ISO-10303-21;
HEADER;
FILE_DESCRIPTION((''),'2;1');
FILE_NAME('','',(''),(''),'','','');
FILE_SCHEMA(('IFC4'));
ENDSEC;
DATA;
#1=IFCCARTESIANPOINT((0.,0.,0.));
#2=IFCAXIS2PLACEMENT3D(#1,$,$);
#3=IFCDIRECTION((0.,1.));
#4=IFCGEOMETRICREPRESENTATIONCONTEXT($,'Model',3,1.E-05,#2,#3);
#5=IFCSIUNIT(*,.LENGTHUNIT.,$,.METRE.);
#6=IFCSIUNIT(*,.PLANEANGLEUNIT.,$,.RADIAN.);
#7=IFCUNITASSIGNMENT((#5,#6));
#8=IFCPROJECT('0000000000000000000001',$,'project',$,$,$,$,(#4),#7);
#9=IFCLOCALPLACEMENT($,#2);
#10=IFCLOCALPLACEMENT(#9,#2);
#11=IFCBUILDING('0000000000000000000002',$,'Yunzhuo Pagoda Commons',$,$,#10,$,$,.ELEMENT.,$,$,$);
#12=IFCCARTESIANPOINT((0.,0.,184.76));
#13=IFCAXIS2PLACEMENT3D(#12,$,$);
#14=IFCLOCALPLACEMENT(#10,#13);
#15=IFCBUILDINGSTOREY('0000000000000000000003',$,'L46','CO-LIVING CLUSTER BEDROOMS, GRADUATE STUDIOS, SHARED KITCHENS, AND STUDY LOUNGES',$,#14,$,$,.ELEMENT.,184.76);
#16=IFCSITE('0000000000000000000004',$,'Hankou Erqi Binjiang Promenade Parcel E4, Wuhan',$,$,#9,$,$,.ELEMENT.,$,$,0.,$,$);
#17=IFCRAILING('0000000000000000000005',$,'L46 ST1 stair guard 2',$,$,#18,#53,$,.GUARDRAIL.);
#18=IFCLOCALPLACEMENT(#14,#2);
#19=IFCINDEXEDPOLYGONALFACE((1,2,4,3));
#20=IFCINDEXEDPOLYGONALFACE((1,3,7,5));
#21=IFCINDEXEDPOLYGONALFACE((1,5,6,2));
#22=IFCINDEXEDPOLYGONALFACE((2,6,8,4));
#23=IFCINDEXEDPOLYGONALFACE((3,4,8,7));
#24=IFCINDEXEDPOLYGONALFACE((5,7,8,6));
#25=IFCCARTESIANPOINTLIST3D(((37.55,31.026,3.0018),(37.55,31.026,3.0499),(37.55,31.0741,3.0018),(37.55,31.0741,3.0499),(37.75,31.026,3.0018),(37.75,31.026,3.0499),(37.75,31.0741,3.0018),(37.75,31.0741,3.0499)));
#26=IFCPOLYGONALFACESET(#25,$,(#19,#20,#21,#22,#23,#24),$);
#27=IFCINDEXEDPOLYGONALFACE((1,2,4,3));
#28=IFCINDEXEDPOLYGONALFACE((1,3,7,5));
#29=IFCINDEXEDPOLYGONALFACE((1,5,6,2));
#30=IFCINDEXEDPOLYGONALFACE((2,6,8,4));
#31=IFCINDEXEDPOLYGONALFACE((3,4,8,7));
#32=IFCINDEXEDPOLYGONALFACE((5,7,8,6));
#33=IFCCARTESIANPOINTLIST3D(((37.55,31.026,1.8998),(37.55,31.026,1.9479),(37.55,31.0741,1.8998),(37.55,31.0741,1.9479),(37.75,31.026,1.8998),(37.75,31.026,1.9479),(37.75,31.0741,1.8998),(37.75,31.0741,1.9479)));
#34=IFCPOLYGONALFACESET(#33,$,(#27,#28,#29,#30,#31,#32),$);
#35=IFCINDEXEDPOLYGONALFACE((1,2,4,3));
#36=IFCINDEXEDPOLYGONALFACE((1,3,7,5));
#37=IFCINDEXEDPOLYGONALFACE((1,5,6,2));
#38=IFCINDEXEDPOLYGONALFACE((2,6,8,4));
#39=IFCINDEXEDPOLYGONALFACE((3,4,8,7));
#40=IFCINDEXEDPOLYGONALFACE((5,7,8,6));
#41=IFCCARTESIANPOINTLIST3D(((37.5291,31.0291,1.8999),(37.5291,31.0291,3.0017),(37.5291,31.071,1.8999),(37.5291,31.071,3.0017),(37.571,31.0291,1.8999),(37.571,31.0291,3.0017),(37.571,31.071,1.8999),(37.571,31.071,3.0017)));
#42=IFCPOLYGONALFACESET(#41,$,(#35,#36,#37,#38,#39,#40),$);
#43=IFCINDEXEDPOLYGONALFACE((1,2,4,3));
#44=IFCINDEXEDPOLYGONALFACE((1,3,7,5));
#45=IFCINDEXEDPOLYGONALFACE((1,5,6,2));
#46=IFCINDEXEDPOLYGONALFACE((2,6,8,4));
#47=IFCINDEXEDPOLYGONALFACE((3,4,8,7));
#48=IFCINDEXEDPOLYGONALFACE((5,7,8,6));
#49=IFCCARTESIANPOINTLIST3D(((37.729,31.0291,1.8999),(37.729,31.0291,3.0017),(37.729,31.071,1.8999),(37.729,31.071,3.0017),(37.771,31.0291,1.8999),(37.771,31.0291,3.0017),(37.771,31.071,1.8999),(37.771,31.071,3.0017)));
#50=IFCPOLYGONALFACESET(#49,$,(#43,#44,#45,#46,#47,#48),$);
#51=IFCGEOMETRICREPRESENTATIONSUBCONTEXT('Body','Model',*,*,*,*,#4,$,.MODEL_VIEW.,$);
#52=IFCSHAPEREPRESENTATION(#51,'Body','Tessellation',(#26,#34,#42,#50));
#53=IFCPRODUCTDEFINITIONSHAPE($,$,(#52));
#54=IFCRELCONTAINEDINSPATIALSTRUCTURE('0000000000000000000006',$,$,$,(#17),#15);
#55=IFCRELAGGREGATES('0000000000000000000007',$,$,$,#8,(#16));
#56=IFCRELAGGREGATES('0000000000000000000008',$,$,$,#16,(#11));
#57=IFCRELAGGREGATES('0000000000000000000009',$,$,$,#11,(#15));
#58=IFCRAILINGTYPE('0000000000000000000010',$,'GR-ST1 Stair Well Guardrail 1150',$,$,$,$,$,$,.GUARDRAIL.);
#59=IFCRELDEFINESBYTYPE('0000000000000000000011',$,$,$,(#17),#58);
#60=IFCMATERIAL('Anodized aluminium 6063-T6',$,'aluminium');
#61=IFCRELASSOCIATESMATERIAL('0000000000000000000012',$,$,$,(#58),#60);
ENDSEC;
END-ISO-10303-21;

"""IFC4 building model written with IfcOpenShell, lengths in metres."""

from ifc_helpers import new_model, si_unit, direction, frame, origin, origin_2d, place, context, subcontext, project, spatial, rectangle, extrude, material, type_object, element, save


model = new_model("IFC4")

# Units and contexts
model_context = context("Model", 3, precision=1e-05, world=origin(), true_north=direction((0.0, 1.0)))
body_context = subcontext(model_context, "Body", "Model", "MODEL_VIEW")
ifc_project = project(units=[si_unit("LENGTHUNIT", "METRE"), si_unit("PLANEANGLEUNIT", "RADIAN")], contexts=[model_context])

# Site, building, storey
site_placement = place(None, origin())
site = spatial("IfcSite", under=ifc_project, at=site_placement, Name="Hankou Erqi Binjiang Promenade Parcel E4, Wuhan", CompositionType="ELEMENT", RefElevation=0.0)
building_placement = place(site_placement, origin())
building = spatial("IfcBuilding", under=site, at=building_placement, Name="Yunzhuo Pagoda Commons", CompositionType="ELEMENT")
storey_placement = place(building_placement, frame((0.0, 0.0, 184.76)))
storey = spatial("IfcBuildingStorey", under=building, at=storey_placement, Name="L46", Description="CO-LIVING CLUSTER BEDROOMS, GRADUATE STUDIOS, SHARED KITCHENS, AND STUDY LOUNGES", CompositionType="ELEMENT", Elevation=184.76)

# Shared definitions
ifc_material_1 = material(Name="Anodized aluminium 6063-T6", Category="aluminium")

# Railing
railing_type = type_object("IfcRailingType", Name="GR-ST1 Stair Well Guardrail 1150", PredefinedType="GUARDRAIL", material=ifc_material_1)
railing_placement = place(storey_placement, frame((37.55, 31.05, 1.8999)))
element("IfcRailing", 1, at=railing_placement, inside=storey, type_object=railing_type, Name="L46 ST1 stair guard 2", PredefinedType="GUARDRAIL", context=body_context, shape_type="SweptSolid", body=[
    extrude(rectangle(XDim=0.0481, YDim=0.0481, at=origin_2d()), frame((0.0, 0.0, 1.126), z_axis=(1.0, 0.0, 0.0), x_axis=(0.0, 1.0, 0.0)), (0.0, 0.0, 1.0), 0.2),
    extrude(rectangle(XDim=0.0481, YDim=0.0481, at=origin_2d()), frame((0.0, 0.0, 0.0239), z_axis=(1.0, 0.0, 0.0), x_axis=(0.0, 1.0, 0.0)), (0.0, 0.0, 1.0), 0.2),
    extrude(rectangle(XDim=0.042, YDim=0.042, at=origin_2d()), origin(), (0.0, 0.0, 1.0), 1.1018),
    extrude(rectangle(XDim=0.042, YDim=0.042, at=origin_2d()), frame((0.2, 0.0, 0.0)), (0.0, 0.0, 1.0), 1.1018),
])

save(model, "model.ifc")
